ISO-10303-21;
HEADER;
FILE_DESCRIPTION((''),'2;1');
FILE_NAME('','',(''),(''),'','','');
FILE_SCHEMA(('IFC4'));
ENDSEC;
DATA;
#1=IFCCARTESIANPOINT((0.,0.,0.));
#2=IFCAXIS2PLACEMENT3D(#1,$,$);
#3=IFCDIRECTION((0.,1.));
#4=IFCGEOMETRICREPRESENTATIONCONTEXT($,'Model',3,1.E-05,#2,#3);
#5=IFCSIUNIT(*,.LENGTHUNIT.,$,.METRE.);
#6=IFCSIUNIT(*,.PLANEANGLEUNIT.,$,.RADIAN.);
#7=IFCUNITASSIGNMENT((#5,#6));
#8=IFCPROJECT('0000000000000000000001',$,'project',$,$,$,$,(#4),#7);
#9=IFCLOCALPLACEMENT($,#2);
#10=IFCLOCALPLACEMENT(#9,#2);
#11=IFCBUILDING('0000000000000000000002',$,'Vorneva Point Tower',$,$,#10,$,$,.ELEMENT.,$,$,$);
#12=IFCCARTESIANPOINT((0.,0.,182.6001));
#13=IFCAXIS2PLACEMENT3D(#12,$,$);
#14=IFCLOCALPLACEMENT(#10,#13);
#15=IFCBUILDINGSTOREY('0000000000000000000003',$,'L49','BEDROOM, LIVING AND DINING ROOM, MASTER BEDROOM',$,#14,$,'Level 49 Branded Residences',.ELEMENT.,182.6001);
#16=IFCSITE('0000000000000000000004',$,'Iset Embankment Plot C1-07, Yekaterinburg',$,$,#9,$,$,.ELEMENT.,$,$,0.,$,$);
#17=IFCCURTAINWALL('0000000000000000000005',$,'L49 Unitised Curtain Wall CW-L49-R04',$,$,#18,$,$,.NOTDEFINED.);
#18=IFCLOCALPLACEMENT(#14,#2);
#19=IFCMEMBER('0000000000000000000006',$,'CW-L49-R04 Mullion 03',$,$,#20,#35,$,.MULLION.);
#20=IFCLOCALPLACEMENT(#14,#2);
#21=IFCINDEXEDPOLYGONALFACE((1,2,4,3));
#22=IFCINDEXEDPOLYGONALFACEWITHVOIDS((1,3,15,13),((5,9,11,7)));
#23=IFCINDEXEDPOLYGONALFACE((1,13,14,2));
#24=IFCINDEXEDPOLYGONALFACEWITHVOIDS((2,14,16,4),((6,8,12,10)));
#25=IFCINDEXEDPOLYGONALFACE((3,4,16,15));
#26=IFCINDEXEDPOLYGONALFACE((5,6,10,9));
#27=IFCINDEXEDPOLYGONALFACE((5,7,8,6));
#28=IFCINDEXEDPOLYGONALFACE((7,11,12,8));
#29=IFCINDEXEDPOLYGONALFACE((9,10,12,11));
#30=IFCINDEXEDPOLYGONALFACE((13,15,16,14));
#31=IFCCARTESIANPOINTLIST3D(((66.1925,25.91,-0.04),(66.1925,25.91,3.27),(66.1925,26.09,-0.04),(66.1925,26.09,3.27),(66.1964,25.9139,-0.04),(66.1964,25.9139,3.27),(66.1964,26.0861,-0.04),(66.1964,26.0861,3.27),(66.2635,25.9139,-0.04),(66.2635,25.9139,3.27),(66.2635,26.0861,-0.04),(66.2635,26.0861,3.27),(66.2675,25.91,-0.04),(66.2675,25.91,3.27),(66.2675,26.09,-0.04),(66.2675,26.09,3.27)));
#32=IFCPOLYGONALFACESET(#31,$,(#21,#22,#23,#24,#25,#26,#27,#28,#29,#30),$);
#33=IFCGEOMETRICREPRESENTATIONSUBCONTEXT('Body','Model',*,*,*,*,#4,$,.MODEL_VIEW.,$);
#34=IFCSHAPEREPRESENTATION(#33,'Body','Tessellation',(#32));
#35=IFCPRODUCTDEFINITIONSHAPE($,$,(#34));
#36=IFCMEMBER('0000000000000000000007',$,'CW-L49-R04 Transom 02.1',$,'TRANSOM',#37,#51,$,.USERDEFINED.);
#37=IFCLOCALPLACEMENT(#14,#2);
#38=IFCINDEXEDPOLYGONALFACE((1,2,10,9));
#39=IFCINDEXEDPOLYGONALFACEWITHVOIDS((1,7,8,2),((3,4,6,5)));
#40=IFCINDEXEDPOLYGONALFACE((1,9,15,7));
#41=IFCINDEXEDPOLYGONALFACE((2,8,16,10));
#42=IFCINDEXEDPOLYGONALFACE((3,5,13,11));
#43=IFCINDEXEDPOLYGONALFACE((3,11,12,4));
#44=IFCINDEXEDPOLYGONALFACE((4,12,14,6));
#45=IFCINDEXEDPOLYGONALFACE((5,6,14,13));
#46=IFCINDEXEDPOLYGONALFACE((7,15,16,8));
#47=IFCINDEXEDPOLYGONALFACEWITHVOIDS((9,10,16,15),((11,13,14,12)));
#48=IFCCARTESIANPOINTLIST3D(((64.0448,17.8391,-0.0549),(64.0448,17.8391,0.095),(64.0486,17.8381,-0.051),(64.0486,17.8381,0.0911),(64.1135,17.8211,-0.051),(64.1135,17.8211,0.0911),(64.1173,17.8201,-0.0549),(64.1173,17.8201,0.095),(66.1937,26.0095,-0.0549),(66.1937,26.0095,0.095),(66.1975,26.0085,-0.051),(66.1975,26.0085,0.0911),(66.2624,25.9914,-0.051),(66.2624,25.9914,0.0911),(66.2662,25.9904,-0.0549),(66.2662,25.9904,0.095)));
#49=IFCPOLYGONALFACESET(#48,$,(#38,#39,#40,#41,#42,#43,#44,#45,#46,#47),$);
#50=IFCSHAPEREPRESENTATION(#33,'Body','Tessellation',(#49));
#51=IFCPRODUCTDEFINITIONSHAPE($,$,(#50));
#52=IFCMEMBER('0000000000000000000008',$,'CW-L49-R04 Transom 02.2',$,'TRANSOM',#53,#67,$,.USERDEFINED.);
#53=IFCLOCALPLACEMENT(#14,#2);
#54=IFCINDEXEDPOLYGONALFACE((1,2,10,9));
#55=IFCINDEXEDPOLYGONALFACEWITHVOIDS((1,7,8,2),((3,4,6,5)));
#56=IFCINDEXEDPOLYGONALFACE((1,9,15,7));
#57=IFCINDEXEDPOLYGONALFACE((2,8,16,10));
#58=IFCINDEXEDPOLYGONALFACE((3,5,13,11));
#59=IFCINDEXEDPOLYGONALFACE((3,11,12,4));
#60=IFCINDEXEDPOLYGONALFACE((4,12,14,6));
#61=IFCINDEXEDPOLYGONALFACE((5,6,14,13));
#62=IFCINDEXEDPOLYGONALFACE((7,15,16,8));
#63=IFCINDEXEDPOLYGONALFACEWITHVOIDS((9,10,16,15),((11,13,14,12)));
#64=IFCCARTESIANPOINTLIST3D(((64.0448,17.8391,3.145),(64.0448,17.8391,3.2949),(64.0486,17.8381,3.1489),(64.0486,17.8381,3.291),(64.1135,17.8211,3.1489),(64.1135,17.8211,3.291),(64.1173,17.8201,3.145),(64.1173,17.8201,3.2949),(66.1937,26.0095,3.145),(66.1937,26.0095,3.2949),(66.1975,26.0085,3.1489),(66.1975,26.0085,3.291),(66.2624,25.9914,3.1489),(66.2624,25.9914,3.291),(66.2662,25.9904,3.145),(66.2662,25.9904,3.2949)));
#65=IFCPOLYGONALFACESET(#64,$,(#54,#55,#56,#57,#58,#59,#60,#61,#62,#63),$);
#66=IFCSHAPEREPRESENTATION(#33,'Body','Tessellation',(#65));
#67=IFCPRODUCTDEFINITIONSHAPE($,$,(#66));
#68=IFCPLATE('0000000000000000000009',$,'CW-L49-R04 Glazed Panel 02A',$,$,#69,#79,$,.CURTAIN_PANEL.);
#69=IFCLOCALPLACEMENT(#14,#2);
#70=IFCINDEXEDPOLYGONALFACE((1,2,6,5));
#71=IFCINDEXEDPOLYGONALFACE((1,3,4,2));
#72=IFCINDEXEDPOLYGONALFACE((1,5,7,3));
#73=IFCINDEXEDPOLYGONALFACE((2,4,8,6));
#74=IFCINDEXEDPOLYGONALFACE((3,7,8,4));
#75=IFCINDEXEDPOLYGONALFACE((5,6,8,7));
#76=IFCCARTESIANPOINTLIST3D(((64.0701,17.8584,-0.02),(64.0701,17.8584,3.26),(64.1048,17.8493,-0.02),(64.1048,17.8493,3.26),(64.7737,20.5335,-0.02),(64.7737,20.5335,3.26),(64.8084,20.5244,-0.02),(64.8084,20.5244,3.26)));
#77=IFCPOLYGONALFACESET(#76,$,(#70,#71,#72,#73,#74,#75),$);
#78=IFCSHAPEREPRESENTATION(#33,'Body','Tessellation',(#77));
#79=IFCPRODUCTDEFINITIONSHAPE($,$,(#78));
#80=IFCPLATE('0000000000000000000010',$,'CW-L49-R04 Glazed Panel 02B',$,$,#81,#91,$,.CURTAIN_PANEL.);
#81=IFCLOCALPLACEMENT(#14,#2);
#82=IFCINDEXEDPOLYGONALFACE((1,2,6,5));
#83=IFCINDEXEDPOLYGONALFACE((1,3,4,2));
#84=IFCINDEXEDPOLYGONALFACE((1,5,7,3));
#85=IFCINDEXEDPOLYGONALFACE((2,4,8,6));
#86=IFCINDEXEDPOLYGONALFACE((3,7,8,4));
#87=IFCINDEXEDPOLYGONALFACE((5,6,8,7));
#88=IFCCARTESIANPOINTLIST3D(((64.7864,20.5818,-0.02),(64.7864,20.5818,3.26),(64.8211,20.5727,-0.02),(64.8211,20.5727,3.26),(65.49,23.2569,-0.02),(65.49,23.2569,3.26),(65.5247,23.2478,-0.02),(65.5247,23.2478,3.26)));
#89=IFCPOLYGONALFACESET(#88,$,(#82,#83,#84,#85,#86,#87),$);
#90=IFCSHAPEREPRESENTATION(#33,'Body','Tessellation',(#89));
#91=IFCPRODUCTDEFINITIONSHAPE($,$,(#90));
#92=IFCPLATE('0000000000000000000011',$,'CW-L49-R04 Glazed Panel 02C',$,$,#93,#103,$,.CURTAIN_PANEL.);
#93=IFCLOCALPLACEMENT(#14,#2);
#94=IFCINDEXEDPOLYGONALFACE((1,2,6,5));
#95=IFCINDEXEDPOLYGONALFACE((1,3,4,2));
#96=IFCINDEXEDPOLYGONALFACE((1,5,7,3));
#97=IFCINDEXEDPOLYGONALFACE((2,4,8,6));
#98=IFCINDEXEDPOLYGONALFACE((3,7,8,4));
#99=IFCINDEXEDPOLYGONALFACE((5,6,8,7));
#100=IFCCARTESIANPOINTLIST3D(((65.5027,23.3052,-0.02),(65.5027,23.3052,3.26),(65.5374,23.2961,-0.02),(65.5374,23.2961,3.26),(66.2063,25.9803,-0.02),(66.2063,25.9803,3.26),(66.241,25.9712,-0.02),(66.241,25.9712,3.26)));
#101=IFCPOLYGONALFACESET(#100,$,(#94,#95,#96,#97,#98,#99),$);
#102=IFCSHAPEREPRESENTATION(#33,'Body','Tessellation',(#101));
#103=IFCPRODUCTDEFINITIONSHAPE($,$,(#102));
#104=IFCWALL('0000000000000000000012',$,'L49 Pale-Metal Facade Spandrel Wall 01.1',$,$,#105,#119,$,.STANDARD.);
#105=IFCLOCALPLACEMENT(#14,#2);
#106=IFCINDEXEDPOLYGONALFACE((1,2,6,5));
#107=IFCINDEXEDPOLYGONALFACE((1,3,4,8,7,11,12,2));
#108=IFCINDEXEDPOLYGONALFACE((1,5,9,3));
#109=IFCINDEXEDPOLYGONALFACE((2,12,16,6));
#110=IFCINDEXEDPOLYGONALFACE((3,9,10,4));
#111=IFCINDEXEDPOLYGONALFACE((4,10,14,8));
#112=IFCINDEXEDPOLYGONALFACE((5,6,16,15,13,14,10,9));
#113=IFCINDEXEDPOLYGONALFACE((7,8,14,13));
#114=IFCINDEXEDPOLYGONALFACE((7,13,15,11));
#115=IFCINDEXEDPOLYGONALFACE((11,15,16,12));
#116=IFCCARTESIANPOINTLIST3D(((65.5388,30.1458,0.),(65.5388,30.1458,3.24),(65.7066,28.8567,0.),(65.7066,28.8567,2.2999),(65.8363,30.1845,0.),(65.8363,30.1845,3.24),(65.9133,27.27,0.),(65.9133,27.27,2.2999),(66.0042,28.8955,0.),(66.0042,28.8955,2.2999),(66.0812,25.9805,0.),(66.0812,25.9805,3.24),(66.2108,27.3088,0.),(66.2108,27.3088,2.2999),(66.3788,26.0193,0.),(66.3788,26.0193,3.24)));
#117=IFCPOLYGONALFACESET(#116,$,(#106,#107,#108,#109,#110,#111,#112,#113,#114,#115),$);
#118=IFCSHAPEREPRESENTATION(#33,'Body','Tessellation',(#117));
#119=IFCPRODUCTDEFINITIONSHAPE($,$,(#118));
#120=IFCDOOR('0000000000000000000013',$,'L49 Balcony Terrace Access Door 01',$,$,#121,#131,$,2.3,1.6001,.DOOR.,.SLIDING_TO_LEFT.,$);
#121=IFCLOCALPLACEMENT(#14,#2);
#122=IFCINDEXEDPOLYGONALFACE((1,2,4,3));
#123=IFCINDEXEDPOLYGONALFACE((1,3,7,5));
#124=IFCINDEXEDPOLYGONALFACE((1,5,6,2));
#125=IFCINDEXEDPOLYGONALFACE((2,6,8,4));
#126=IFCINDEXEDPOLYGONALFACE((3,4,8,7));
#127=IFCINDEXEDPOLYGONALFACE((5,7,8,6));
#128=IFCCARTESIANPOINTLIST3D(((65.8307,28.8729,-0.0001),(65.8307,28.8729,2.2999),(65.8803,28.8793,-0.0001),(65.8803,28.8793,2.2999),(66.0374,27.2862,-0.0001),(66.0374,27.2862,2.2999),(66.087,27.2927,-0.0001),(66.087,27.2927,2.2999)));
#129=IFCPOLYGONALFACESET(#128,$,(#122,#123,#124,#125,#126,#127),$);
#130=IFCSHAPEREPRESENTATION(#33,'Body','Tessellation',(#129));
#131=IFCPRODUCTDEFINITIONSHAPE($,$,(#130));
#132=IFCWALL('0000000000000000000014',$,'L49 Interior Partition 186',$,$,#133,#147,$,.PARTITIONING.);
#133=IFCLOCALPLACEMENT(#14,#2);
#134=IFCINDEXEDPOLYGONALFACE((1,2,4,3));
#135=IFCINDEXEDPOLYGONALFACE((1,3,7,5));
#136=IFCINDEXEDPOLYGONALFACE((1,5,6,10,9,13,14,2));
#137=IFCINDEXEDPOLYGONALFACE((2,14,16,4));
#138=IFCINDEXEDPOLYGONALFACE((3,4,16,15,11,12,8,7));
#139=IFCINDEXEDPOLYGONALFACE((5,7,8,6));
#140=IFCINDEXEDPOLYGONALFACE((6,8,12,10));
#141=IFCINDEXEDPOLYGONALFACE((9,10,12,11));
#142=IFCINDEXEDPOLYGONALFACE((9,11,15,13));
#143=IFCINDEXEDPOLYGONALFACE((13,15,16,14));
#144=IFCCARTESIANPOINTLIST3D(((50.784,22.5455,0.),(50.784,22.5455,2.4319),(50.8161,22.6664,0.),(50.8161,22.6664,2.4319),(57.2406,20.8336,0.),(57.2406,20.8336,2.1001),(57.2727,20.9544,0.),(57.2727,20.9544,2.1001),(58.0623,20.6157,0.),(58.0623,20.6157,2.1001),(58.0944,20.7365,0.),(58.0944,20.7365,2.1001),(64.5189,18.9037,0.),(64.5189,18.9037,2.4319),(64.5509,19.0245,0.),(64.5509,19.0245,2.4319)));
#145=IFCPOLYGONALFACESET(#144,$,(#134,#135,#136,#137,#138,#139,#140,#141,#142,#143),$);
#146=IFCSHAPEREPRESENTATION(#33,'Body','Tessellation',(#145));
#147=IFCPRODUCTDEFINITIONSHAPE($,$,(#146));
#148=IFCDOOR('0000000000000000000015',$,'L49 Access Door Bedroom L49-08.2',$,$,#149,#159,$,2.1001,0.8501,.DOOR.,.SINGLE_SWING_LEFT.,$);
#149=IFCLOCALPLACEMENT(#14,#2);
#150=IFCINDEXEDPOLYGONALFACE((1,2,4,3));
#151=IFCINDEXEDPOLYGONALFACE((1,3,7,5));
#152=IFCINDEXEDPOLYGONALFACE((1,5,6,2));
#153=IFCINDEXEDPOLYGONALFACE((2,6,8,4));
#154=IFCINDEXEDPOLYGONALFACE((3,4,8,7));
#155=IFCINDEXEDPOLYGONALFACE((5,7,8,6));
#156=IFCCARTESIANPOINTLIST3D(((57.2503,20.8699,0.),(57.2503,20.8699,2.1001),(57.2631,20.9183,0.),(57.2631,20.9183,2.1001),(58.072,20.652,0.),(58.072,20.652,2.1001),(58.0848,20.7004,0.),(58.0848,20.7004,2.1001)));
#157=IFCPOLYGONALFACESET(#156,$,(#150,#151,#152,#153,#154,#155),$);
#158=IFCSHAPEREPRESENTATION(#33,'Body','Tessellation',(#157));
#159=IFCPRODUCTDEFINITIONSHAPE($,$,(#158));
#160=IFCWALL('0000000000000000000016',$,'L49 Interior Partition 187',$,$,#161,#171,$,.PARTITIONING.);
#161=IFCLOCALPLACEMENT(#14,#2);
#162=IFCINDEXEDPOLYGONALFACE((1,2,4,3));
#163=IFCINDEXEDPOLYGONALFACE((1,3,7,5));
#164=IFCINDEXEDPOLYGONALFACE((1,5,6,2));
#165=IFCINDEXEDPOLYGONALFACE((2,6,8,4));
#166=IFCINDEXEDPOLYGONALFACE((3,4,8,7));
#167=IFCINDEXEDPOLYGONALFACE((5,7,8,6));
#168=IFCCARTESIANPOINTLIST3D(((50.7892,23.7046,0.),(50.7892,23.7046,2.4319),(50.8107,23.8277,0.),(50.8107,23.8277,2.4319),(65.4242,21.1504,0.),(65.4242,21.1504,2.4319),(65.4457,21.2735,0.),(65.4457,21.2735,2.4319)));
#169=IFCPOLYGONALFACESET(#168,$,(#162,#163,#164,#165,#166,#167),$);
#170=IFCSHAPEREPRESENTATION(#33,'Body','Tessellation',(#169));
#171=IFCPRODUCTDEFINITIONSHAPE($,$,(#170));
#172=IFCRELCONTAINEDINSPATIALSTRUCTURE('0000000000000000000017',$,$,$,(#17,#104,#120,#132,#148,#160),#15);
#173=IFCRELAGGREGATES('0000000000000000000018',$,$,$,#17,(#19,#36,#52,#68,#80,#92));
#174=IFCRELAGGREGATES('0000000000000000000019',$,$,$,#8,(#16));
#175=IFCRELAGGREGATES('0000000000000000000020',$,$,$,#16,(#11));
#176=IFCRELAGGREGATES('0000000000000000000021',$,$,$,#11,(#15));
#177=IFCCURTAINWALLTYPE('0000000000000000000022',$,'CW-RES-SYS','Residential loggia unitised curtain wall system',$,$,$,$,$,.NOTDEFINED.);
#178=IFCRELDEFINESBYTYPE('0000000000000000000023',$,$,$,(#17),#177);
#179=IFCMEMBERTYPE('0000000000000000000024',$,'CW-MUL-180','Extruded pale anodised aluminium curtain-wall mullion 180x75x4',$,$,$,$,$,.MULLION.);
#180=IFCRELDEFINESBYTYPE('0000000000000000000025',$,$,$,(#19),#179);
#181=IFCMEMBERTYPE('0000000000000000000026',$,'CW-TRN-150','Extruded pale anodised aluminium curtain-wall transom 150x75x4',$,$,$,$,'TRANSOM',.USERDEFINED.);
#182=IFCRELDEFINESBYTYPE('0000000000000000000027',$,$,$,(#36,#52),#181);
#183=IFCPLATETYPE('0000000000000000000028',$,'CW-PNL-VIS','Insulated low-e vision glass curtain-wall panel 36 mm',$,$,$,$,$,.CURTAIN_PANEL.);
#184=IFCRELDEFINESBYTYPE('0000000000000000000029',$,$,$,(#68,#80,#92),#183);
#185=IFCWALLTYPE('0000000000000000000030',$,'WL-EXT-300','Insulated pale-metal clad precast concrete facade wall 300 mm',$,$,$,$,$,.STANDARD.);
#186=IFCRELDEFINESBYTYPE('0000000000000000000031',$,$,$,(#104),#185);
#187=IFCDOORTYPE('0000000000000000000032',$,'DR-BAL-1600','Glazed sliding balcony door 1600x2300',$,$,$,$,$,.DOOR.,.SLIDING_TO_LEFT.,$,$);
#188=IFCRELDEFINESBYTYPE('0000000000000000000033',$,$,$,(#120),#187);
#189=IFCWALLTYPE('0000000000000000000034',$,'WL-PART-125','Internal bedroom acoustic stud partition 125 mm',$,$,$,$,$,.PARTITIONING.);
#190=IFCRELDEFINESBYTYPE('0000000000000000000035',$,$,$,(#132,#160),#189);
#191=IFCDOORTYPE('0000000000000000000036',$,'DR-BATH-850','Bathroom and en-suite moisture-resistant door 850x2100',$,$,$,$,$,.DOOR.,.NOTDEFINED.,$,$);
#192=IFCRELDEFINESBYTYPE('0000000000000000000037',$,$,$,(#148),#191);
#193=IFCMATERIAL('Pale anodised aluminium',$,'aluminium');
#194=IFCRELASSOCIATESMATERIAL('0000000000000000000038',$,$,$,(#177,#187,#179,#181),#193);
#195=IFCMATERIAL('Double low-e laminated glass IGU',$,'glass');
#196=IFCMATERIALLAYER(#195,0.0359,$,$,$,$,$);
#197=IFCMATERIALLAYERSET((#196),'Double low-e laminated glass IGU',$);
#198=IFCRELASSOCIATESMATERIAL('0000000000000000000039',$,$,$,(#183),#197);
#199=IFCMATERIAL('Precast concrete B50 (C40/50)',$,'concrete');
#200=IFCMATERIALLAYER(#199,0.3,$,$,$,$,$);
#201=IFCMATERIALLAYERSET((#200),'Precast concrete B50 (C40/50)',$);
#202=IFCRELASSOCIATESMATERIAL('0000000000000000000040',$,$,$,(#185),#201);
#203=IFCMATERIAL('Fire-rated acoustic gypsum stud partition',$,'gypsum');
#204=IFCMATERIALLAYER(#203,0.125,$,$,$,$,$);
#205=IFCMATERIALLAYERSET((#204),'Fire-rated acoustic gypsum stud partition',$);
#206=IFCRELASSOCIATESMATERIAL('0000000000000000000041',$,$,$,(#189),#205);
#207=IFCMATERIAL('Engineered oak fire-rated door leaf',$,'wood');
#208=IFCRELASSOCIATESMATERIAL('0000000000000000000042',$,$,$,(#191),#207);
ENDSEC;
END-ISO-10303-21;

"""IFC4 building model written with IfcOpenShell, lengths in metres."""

from ifc_helpers import new_model, si_unit, direction, frame, frame_2d, origin, origin_2d, place, context, subcontext, project, spatial, rectangle, hollow_rectangle, extrude, material, layer, layer_set, material_profile, profile_set, type_object, element, fill, aggregate, save


model = new_model("IFC4")

# Units and contexts
model_context = context("Model", 3, precision=1e-05, world=origin(), true_north=direction((0.0, 1.0)))
body_context = subcontext(model_context, "Body", "Model", "MODEL_VIEW")
ifc_project = project(units=[si_unit("LENGTHUNIT", "METRE"), si_unit("PLANEANGLEUNIT", "RADIAN")], contexts=[model_context])

# Site, building, storey
site_placement = place(None, origin())
site = spatial("IfcSite", under=ifc_project, at=site_placement, Name="Iset Embankment Plot C1-07, Yekaterinburg", CompositionType="ELEMENT", RefElevation=0.0)
building_placement = place(site_placement, origin())
building = spatial("IfcBuilding", under=site, at=building_placement, Name="Vorneva Point Tower", CompositionType="ELEMENT")
storey_placement = place(building_placement, frame((0.0, 0.0, 182.6001)))
storey = spatial("IfcBuildingStorey", under=building, at=storey_placement, Name="L49", Description="BEDROOM, LIVING AND DINING ROOM, MASTER BEDROOM", LongName="Level 49 Branded Residences", CompositionType="ELEMENT", Elevation=182.6001)

# Curtain wall, members, plates
ifc_material_1 = material(Name="Pale anodised aluminium", Category="aluminium")
curtain_wall_type = type_object("IfcCurtainWallType", Name="CW-RES-SYS", Description="Residential loggia unitised curtain wall system", PredefinedType="NOTDEFINED", material=ifc_material_1)
curtain_wall_placement = place(storey_placement, origin())
curtain_wall = element("IfcCurtainWall", 1, at=curtain_wall_placement, inside=storey, type_object=curtain_wall_type, Name="L49 Unitised Curtain Wall CW-L49-R04", PredefinedType="NOTDEFINED")
ifc_material_profile_1 = material_profile(ifc_material_1, hollow_rectangle(XDim=0.075, YDim=0.1799, WallThickness=0.0039, at=origin_2d()), Name="AL-MUL 180x75x4")
ifc_profile_set_1 = profile_set([ifc_material_profile_1], Name="Pale anodised aluminium")
member_type_1 = type_object("IfcMemberType", Name="CW-MUL-180", Description="Extruded pale anodised aluminium curtain-wall mullion 180x75x4", PredefinedType="MULLION", material=ifc_profile_set_1)
member_1_placement = place(storey_placement, frame((66.23, 26.0, -0.04), z_axis=(0.0, 0.0, 1.0), x_axis=(1.0, 0.0, 0.0)))
member_1 = element("IfcMember", 2, at=member_1_placement, type_object=member_type_1, Name="CW-L49-R04 Mullion 03", PredefinedType="MULLION", context=body_context, shape_type="SweptSolid", body=[
    extrude(hollow_rectangle(XDim=0.075, YDim=0.1799, WallThickness=0.0039, at=origin_2d()), origin(), (0.0, 0.0, 1.0), 3.3101),
])
ifc_material_profile_2 = material_profile(ifc_material_1, hollow_rectangle(XDim=0.075, YDim=0.1499, WallThickness=0.0039, at=origin_2d()), Name="AL-TRN 150x75x4")
ifc_profile_set_2 = profile_set([ifc_material_profile_2], Name="Pale anodised aluminium")
member_type_2 = type_object("IfcMemberType", Name="CW-TRN-150", Description="Extruded pale anodised aluminium curtain-wall transom 150x75x4", ElementType="TRANSOM", PredefinedType="USERDEFINED", material=ifc_profile_set_2)
member_2_placement = place(storey_placement, frame((64.0811, 17.8296, 0.02), z_axis=(0.254362, 0.967109, 0.0), x_axis=(-0.967109, 0.254362, 0.0)))
member_2 = element("IfcMember", 3, at=member_2_placement, type_object=member_type_2, Name="CW-L49-R04 Transom 02.1", ObjectType="TRANSOM", PredefinedType="USERDEFINED", context=body_context, shape_type="SweptSolid", body=[
    extrude(hollow_rectangle(XDim=0.075, YDim=0.1499, WallThickness=0.0039, at=origin_2d()), origin(), (0.0, 0.0, 1.0), 8.4482),
])
member_3_placement = place(storey_placement, frame((64.0811, 17.8296, 3.22), z_axis=(0.254362, 0.967109, 0.0), x_axis=(-0.967109, 0.254362, 0.0)))
member_3 = element("IfcMember", 4, at=member_3_placement, type_object=member_type_2, Name="CW-L49-R04 Transom 02.2", ObjectType="TRANSOM", PredefinedType="USERDEFINED", context=body_context, shape_type="SweptSolid", body=[
    extrude(hollow_rectangle(XDim=0.075, YDim=0.1499, WallThickness=0.0039, at=origin_2d()), origin(), (0.0, 0.0, 1.0), 8.4482),
])
ifc_material_2 = material(Name="Double low-e laminated glass IGU", Category="glass")
ifc_layer_1 = layer(ifc_material_2, 0.0359)
ifc_layer_set_1 = layer_set([ifc_layer_1], Name="Double low-e laminated glass IGU")
plate_type = type_object("IfcPlateType", Name="CW-PNL-VIS", Description="Insulated low-e vision glass curtain-wall panel 36 mm", PredefinedType="CURTAIN_PANEL", material=ifc_layer_set_1)
plate_1_placement = place(storey_placement, frame((64.4392, 19.1914, -0.02), z_axis=(0.0, 0.0, 1.0), x_axis=(0.254366, 0.967108, 0.0)))
plate_1 = element("IfcPlate", 5, at=plate_1_placement, type_object=plate_type, Name="CW-L49-R04 Glazed Panel 02A", PredefinedType="CURTAIN_PANEL", context=body_context, shape_type="SweptSolid", body=[
    extrude(rectangle(XDim=2.7661, YDim=0.0359, at=origin_2d()), origin(), (0.0, 0.0, 1.0), 3.28),
])
plate_2_placement = place(storey_placement, frame((65.1555, 21.9148, -0.02), z_axis=(0.0, 0.0, 1.0), x_axis=(0.254366, 0.967108, 0.0)))
plate_2 = element("IfcPlate", 6, at=plate_2_placement, type_object=plate_type, Name="CW-L49-R04 Glazed Panel 02B", PredefinedType="CURTAIN_PANEL", context=body_context, shape_type="SweptSolid", body=[
    extrude(rectangle(XDim=2.7661, YDim=0.0359, at=origin_2d()), origin(), (0.0, 0.0, 1.0), 3.28),
])
plate_3_placement = place(storey_placement, frame((65.8718, 24.6382, -0.02), z_axis=(0.0, 0.0, 1.0), x_axis=(0.254366, 0.967108, 0.0)))
plate_3 = element("IfcPlate", 7, at=plate_3_placement, type_object=plate_type, Name="CW-L49-R04 Glazed Panel 02C", PredefinedType="CURTAIN_PANEL", context=body_context, shape_type="SweptSolid", body=[
    extrude(rectangle(XDim=2.7661, YDim=0.0359, at=origin_2d()), origin(), (0.0, 0.0, 1.0), 3.28),
])
aggregate(curtain_wall, [member_1, member_2, member_3, plate_1, plate_2, plate_3])

# Walls, openings, doors
ifc_material_3 = material(Name="Precast concrete B50 (C40/50)", Category="concrete")
ifc_layer_2 = layer(ifc_material_3, 0.3)
ifc_layer_set_2 = layer_set([ifc_layer_2], Name="Precast concrete B50 (C40/50)")
wall_type_1 = type_object("IfcWallType", Name="WL-EXT-300", Description="Insulated pale-metal clad precast concrete facade wall 300 mm", PredefinedType="STANDARD", material=ifc_layer_set_2)
wall_1_placement = place(storey_placement, frame((66.23, 26.0, 0.0), z_axis=(0.0, 0.0, 1.0), x_axis=(-0.129148, 0.991625, 0.0)))
wall_1 = element("IfcWall", 8, at=wall_1_placement, inside=storey, type_object=wall_type_1, Name="L49 Pale-Metal Facade Spandrel Wall 01.1", PredefinedType="STANDARD", context=body_context, shape_type="SweptSolid", body=[
    extrude(rectangle(XDim=4.2004, YDim=0.3, at=frame_2d((2.1001, 0.0))), origin(), (0.0, 0.0, 1.0), 3.24),
])
opening_1_placement = place(wall_1_placement, frame((1.3003, 0.0, 0.0)))
opening_1 = element("IfcOpeningElement", 9, at=opening_1_placement, cuts=wall_1, PredefinedType="OPENING", context=body_context, shape_type="SweptSolid", body=[
    extrude(rectangle(XDim=1.6001, YDim=2.3, at=frame_2d((0.8, 1.1499))), frame((0.0, 0.165, 0.0), z_axis=(0.0, -1.0, 0.0), x_axis=(1.0, 0.0, 0.0)), (0.0, 0.0, 1.0), 0.3298),
])
door_type_1 = type_object("IfcDoorType", Name="DR-BAL-1600", Description="Glazed sliding balcony door 1600x2300", OperationType="SLIDING_TO_LEFT", PredefinedType="DOOR", material=ifc_material_1)
door_1_placement = place(opening_1_placement, origin())
door_1 = element("IfcDoor", 10, at=door_1_placement, inside=storey, type_object=door_type_1, Name="L49 Balcony Terrace Access Door 01", OperationType="SLIDING_TO_LEFT", OverallHeight=2.3, OverallWidth=1.6001, PredefinedType="DOOR", context=body_context, shape_type="SweptSolid", body=[
    extrude(rectangle(XDim=1.6001, YDim=2.3, at=frame_2d((0.8, 1.1499))), frame((0.0, 0.0249, 0.0), z_axis=(0.0, -1.0, 0.0), x_axis=(1.0, 0.0, 0.0)), (0.0, 0.0, 1.0), 0.05),
])
fill(opening_1, door_1)
ifc_material_4 = material(Name="Fire-rated acoustic gypsum stud partition", Category="gypsum")
ifc_layer_3 = layer(ifc_material_4, 0.125)
ifc_layer_set_3 = layer_set([ifc_layer_3], Name="Fire-rated acoustic gypsum stud partition")
wall_type_2 = type_object("IfcWallType", Name="WL-PART-125", Description="Internal bedroom acoustic stud partition 125 mm", PredefinedType="PARTITIONING", material=ifc_layer_set_3)
wall_2_placement = place(storey_placement, frame((64.5349, 18.9641, 0.0), z_axis=(0.0, 0.0, 1.0), x_axis=(-0.966598, 0.256297, 0.0)))
wall_2 = element("IfcWall", 11, at=wall_2_placement, inside=storey, type_object=wall_type_2, Name="L49 Interior Partition 186", PredefinedType="PARTITIONING", context=body_context, shape_type="SweptSolid", body=[
    extrude(rectangle(XDim=14.2095, YDim=0.125, at=frame_2d((7.1047, 0.0))), origin(), (0.0, 0.0, 1.0), 2.4319),
])
opening_2_placement = place(wall_2_placement, frame((6.6797, 0.0, 0.0)))
opening_2 = element("IfcOpeningElement", 12, at=opening_2_placement, cuts=wall_2, PredefinedType="OPENING", context=body_context, shape_type="SweptSolid", body=[
    extrude(rectangle(XDim=0.8501, YDim=2.1001, at=frame_2d((0.425, 1.05))), frame((0.0, 0.0774, 0.0), z_axis=(0.0, -1.0, 0.0), x_axis=(1.0, 0.0, 0.0)), (0.0, 0.0, 1.0), 0.1548),
])
ifc_material_5 = material(Name="Engineered oak fire-rated door leaf", Category="wood")
door_type_2 = type_object("IfcDoorType", Name="DR-BATH-850", Description="Bathroom and en-suite moisture-resistant door 850x2100", OperationType="NOTDEFINED", PredefinedType="DOOR", material=ifc_material_5)
door_2_placement = place(opening_2_placement, origin())
door_2 = element("IfcDoor", 13, at=door_2_placement, inside=storey, type_object=door_type_2, Name="L49 Access Door Bedroom L49-08.2", OperationType="SINGLE_SWING_LEFT", OverallHeight=2.1001, OverallWidth=0.8501, PredefinedType="DOOR", context=body_context, shape_type="SweptSolid", body=[
    extrude(rectangle(XDim=0.8501, YDim=2.1001, at=frame_2d((0.425, 1.05))), frame((0.0, 0.0249, 0.0), z_axis=(0.0, -1.0, 0.0), x_axis=(1.0, 0.0, 0.0)), (0.0, 0.0, 1.0), 0.05),
])
fill(opening_2, door_2)

# Wall
wall_3_placement = place(storey_placement, frame((65.4351, 21.2119, 0.0), z_axis=(0.0, 0.0, 1.0), x_axis=(-0.98511, 0.171928, 0.0)))
element("IfcWall", 14, at=wall_3_placement, inside=storey, type_object=wall_type_2, Name="L49 Interior Partition 187", PredefinedType="PARTITIONING", context=body_context, shape_type="SweptSolid", body=[
    extrude(rectangle(XDim=14.8562, YDim=0.125, at=frame_2d((7.4282, 0.0))), origin(), (0.0, 0.0, 1.0), 2.4319),
])

save(model, "model.ifc")
